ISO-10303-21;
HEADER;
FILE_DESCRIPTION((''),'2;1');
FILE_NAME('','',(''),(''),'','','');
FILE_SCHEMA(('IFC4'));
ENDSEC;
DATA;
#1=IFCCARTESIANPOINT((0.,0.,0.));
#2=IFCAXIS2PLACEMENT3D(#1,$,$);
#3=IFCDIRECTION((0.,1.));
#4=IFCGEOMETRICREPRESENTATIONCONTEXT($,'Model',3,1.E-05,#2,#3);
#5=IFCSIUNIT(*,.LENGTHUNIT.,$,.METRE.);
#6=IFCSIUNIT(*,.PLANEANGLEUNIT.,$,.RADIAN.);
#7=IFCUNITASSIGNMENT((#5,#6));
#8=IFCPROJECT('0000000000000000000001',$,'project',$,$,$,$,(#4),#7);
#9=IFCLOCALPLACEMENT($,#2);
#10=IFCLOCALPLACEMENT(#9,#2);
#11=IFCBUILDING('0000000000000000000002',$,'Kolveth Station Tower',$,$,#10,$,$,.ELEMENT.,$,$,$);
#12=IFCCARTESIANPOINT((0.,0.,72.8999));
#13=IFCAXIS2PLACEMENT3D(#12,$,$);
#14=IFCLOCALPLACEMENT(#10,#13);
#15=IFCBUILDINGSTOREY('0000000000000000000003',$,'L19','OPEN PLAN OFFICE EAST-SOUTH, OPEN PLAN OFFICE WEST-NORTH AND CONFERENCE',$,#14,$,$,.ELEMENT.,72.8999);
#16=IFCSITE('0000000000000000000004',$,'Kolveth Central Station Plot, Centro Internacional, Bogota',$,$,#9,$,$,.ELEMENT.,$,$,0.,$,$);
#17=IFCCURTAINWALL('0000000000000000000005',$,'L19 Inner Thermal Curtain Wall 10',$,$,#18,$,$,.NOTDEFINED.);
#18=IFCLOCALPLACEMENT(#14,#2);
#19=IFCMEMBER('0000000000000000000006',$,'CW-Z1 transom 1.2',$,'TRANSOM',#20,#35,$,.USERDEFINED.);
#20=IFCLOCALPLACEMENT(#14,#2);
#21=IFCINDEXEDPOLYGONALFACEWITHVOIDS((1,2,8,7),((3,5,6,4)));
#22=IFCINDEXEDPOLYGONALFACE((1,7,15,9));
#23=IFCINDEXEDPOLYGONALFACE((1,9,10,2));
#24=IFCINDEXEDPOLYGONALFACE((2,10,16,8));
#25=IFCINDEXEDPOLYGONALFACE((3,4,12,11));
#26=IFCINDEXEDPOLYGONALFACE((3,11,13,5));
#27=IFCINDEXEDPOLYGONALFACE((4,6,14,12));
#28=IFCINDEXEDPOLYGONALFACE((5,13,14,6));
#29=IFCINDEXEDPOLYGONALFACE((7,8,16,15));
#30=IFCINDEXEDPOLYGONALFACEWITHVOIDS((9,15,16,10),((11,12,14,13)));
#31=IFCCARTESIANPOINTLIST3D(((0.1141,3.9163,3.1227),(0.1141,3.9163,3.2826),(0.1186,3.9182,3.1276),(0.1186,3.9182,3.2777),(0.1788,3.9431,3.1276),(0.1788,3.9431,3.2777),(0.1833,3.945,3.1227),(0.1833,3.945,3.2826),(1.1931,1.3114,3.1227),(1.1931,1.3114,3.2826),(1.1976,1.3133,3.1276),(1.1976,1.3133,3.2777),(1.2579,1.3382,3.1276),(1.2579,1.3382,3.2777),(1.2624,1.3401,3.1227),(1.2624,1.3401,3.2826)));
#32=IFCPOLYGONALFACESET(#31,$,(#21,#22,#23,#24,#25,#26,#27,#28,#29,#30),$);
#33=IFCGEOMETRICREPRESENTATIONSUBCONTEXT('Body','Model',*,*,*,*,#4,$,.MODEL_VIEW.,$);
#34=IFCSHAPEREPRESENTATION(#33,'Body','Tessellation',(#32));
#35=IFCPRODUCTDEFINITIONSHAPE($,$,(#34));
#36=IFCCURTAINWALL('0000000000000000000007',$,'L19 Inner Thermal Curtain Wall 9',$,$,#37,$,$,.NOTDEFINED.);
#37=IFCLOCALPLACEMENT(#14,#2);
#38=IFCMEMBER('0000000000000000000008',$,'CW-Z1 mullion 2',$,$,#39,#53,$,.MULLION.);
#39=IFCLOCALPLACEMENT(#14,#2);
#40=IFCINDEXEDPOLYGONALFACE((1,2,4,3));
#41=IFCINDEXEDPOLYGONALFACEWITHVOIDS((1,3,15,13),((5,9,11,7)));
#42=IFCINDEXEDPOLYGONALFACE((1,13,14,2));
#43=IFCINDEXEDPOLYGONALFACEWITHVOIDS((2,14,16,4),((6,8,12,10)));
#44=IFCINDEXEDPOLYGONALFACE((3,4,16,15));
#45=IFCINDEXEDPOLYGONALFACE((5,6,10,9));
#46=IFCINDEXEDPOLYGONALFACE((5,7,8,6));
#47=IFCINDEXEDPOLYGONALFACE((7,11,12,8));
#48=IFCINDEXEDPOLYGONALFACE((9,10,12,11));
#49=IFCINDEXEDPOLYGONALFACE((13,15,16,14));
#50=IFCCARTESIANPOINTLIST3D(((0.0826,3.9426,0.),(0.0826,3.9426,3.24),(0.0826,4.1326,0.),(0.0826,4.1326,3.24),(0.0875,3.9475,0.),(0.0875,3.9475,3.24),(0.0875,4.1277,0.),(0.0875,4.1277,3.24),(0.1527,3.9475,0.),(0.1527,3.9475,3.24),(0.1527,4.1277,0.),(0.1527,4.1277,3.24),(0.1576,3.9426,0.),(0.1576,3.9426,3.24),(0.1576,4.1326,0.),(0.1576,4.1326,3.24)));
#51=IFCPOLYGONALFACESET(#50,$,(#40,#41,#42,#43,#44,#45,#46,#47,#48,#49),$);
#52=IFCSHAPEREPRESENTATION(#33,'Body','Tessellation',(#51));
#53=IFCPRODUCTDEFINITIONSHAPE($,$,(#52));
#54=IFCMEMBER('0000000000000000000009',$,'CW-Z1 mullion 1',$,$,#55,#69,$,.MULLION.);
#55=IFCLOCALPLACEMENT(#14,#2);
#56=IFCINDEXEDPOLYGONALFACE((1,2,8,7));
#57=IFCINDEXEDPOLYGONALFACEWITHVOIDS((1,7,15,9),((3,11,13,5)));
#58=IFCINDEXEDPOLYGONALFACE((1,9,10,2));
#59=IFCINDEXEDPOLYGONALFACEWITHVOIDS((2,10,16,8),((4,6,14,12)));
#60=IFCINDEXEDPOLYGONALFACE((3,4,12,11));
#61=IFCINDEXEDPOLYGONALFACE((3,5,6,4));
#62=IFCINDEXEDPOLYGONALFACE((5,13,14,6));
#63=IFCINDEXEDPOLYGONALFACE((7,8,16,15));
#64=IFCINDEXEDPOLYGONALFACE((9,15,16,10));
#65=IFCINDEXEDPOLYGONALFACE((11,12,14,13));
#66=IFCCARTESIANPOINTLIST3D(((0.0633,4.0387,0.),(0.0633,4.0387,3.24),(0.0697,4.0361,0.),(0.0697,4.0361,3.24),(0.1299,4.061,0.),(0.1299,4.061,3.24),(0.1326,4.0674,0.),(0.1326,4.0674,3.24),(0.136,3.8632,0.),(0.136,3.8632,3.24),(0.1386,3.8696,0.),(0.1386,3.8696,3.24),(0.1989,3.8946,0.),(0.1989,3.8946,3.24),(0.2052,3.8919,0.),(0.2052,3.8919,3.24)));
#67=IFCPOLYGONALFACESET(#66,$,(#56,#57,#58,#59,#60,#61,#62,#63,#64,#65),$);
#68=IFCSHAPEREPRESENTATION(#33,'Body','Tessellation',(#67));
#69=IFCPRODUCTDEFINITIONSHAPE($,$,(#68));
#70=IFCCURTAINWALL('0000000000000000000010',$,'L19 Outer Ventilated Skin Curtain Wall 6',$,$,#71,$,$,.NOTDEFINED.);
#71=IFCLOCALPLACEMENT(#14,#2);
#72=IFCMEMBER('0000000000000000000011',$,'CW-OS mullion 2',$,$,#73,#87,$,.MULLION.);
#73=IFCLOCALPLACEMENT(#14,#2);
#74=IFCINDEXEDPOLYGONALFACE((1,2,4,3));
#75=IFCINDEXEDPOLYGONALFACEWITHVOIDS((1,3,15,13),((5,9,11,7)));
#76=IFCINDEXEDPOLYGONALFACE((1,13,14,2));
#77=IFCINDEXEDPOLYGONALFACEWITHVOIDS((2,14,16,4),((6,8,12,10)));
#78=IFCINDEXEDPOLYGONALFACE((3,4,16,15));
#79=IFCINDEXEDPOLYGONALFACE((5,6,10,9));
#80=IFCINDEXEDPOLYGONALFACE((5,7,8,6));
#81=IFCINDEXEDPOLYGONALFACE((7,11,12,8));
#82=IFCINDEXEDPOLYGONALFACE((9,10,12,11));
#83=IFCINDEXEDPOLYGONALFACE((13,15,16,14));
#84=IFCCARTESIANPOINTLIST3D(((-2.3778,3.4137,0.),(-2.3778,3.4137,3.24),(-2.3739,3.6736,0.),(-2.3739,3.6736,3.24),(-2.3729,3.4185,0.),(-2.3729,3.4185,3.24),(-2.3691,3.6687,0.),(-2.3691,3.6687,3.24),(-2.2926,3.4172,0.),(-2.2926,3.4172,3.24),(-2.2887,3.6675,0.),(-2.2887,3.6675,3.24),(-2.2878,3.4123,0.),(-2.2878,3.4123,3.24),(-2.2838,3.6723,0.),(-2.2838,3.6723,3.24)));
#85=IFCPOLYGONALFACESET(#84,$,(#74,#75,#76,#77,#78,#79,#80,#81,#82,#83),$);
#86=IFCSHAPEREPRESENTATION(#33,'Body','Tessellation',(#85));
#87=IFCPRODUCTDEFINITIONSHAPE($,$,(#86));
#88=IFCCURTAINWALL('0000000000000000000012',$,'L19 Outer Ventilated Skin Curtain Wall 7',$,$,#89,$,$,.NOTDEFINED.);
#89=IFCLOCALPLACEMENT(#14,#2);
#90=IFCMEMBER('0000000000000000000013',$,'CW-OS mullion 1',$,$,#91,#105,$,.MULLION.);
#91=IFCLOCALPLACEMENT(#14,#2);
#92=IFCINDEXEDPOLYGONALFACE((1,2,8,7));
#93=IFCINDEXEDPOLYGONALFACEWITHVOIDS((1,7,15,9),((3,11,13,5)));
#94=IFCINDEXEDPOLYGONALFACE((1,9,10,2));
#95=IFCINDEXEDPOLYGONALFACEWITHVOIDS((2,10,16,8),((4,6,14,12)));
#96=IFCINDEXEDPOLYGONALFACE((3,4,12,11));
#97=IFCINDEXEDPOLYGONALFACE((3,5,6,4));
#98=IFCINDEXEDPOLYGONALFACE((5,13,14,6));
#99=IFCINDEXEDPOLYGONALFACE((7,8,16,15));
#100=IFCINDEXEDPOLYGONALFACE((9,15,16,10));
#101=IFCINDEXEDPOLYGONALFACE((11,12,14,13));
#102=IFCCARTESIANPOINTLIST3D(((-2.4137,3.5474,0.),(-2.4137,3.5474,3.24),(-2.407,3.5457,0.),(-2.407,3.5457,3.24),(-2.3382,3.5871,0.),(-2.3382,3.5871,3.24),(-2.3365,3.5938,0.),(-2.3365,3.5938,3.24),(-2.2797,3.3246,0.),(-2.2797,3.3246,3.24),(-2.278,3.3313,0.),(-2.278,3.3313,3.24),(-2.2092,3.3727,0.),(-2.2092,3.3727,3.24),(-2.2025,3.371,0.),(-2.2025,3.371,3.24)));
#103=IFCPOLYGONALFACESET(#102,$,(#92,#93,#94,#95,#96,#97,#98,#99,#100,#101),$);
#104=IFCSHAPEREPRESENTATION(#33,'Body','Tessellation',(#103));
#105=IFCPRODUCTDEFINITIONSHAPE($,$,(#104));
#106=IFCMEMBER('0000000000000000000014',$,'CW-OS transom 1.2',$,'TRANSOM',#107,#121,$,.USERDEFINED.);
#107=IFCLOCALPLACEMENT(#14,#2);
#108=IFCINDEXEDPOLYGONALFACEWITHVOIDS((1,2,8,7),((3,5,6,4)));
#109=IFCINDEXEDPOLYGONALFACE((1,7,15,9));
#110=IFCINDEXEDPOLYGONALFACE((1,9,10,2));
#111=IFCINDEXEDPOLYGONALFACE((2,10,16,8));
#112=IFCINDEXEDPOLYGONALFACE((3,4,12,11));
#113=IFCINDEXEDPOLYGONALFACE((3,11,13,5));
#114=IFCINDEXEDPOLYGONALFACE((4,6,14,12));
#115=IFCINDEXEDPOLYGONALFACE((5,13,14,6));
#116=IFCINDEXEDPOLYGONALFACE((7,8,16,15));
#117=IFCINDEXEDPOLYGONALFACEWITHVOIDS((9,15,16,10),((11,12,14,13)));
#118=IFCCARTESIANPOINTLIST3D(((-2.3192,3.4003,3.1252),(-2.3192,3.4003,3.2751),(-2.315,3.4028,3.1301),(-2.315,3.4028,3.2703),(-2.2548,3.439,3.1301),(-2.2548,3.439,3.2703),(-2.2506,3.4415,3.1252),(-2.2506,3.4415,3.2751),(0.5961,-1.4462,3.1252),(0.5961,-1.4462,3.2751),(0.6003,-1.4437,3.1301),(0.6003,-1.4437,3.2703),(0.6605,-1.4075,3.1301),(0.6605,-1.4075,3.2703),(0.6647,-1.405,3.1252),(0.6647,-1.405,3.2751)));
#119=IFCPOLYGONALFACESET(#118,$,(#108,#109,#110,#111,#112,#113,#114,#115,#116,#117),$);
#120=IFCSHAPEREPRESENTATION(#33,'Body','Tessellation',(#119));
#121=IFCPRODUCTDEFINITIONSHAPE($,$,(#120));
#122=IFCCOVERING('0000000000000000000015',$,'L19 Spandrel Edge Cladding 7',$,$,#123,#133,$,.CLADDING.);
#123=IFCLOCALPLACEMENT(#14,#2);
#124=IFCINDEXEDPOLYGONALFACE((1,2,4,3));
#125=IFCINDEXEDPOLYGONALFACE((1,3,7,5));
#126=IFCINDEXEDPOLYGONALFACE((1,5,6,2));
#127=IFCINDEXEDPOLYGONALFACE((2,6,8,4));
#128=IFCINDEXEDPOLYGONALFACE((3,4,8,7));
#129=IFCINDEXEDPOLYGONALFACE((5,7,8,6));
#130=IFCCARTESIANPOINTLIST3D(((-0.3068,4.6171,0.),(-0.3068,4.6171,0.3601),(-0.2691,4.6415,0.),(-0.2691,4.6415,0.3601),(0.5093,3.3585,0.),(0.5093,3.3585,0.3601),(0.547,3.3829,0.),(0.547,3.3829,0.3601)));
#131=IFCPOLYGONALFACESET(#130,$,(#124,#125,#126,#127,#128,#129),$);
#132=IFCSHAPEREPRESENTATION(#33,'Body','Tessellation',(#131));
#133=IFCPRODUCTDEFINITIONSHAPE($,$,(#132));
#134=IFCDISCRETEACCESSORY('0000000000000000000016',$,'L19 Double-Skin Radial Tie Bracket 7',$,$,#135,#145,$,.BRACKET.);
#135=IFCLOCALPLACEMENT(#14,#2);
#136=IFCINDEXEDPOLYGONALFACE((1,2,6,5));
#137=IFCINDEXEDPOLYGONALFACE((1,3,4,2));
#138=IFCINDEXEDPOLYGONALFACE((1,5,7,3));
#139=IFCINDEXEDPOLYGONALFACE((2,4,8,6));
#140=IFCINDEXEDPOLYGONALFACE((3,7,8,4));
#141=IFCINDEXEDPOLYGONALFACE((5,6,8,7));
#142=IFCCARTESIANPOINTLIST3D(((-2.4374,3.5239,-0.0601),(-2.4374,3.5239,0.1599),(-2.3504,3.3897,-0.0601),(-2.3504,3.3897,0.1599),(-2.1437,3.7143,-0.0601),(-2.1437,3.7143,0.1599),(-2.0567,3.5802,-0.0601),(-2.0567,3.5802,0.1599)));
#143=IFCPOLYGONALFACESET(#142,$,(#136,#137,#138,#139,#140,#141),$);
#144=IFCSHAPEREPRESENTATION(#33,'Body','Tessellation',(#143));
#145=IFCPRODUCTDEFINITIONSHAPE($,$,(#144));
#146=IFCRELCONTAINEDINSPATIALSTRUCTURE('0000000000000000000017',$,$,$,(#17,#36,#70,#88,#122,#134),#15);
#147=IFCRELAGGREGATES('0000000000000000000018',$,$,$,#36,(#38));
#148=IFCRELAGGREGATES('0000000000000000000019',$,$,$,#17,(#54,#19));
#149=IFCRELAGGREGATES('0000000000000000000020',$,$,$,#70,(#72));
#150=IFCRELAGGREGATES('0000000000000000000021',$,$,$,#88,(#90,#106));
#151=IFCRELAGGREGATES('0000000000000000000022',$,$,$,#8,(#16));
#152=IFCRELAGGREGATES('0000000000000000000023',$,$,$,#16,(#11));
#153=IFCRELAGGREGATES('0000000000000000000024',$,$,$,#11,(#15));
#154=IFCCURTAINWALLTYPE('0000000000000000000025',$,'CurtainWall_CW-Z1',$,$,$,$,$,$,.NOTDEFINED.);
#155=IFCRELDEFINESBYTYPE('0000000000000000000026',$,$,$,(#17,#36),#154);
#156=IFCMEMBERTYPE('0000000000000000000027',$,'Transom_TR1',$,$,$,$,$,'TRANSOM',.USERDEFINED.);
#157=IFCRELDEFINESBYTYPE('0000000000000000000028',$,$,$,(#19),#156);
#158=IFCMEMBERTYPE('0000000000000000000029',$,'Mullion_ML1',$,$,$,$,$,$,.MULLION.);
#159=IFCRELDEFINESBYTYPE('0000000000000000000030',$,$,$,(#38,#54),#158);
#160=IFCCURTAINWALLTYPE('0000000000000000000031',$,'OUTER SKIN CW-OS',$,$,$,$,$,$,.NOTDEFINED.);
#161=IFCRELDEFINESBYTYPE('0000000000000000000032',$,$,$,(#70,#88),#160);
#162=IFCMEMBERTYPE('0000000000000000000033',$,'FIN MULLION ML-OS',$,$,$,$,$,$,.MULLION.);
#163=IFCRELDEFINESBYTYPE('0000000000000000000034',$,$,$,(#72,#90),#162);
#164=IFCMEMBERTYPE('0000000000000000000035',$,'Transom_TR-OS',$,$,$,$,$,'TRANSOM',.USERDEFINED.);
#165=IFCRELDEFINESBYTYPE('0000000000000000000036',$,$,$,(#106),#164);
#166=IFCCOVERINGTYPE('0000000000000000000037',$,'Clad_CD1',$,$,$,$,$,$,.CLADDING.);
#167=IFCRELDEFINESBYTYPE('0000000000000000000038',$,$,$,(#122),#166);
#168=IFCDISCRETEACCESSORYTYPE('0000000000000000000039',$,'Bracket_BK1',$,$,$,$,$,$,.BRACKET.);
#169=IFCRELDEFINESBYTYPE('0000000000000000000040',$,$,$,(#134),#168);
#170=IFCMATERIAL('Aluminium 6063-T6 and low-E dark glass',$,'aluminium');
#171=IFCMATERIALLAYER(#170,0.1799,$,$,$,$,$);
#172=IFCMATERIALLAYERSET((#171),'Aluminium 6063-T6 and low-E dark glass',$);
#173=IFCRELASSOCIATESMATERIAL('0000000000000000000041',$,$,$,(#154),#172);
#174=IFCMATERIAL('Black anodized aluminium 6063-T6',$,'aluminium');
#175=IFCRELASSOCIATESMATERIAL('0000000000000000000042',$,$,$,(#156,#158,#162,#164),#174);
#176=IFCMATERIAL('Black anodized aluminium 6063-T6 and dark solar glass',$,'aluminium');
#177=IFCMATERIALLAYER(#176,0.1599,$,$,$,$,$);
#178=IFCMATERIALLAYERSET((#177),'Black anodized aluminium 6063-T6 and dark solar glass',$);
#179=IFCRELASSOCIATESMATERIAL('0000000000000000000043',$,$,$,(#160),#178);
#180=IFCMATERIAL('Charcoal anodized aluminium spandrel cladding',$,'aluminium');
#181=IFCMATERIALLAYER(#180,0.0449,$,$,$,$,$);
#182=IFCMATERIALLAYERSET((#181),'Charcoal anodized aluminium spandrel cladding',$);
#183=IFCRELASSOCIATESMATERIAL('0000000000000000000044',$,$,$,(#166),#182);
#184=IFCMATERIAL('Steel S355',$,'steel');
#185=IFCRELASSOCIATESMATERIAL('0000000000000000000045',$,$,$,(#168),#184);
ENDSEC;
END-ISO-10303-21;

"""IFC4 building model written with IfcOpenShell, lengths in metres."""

from ifc_helpers import new_model, si_unit, direction, frame, origin, origin_2d, place, context, subcontext, project, spatial, rectangle, hollow_rectangle, extrude, source, transform, mapped, material, layer, layer_set, material_profile, profile_set, type_object, element, aggregate, save


model = new_model("IFC4")

# Units and contexts
model_context = context("Model", 3, precision=1e-05, world=origin(), true_north=direction((0.0, 1.0)))
body_context = subcontext(model_context, "Body", "Model", "MODEL_VIEW")
ifc_project = project(units=[si_unit("LENGTHUNIT", "METRE"), si_unit("PLANEANGLEUNIT", "RADIAN")], contexts=[model_context])

# Site, building, storey
site_placement = place(None, origin())
site = spatial("IfcSite", under=ifc_project, at=site_placement, Name="Kolveth Central Station Plot, Centro Internacional, Bogota", CompositionType="ELEMENT", RefElevation=0.0)
building_placement = place(site_placement, origin())
building = spatial("IfcBuilding", under=site, at=building_placement, Name="Kolveth Station Tower", CompositionType="ELEMENT")
storey_placement = place(building_placement, frame((0.0, 0.0, 72.8999)))
storey = spatial("IfcBuildingStorey", under=building, at=storey_placement, Name="L19", Description="OPEN PLAN OFFICE EAST-SOUTH, OPEN PLAN OFFICE WEST-NORTH AND CONFERENCE", CompositionType="ELEMENT", Elevation=72.8999)

# Shared definitions
ifc_material_1 = material(Name="Steel S355", Category="steel")

# Curtain wall, member
ifc_material_2 = material(Name="Aluminium 6063-T6 and low-E dark glass", Category="aluminium")
ifc_layer_1 = layer(ifc_material_2, 0.1799)
ifc_layer_set_1 = layer_set([ifc_layer_1], Name="Aluminium 6063-T6 and low-E dark glass")
curtain_wall_type_1 = type_object("IfcCurtainWallType", Name="CurtainWall_CW-Z1", PredefinedType="NOTDEFINED", material=ifc_layer_set_1)
curtain_wall_1_placement = place(storey_placement, origin())
curtain_wall_1 = element("IfcCurtainWall", 1, at=curtain_wall_1_placement, inside=storey, type_object=curtain_wall_type_1, Name="L19 Inner Thermal Curtain Wall 10", PredefinedType="NOTDEFINED")
ifc_material_3 = material(Name="Black anodized aluminium 6063-T6", Category="aluminium")
ifc_material_profile_1 = material_profile(ifc_material_3, hollow_rectangle(XDim=0.075, YDim=0.1599, WallThickness=0.0049, at=origin_2d()), Name="ALU-75x160x5")
ifc_profile_set_1 = profile_set([ifc_material_profile_1], Name="Black anodized aluminium 6063-T6")
member_type_1 = type_object("IfcMemberType", Name="Transom_TR1", ElementType="TRANSOM", PredefinedType="USERDEFINED", material=ifc_profile_set_1)
shared_shape_1 = source(origin(), body_context, "Body", "SweptSolid", [
    extrude(hollow_rectangle(XDim=0.075, YDim=0.1599, WallThickness=0.0049, at=origin_2d()), origin(), (0.0, 0.0, 1.0), 2.8196),
])
member_1_placement = place(storey_placement, frame((0.1487, 3.9307, 3.2026), z_axis=(0.382709, -0.923869, 0.0), x_axis=(0.923869, 0.382709, 0.0)))
member_1 = element("IfcMember", 2, at=member_1_placement, type_object=member_type_1, Name="CW-Z1 transom 1.2", ObjectType="TRANSOM", PredefinedType="USERDEFINED", context=body_context, shape_type="MappedRepresentation", body=[
    mapped(shared_shape_1, transform((0.0, 0.0, 0.0), x_axis=(1.0, 0.0, 0.0), y_axis=(0.0, 1.0, 0.0), z_axis=(0.0, 0.0, 1.0), scale=1.0)),
])

# Curtain wall, member
curtain_wall_2_placement = place(storey_placement, origin())
curtain_wall_2 = element("IfcCurtainWall", 3, at=curtain_wall_2_placement, inside=storey, type_object=curtain_wall_type_1, Name="L19 Inner Thermal Curtain Wall 9", PredefinedType="NOTDEFINED")
ifc_material_profile_2 = material_profile(ifc_material_3, hollow_rectangle(XDim=0.075, YDim=0.1899, WallThickness=0.0049, at=origin_2d()), Name="ALU-75x190x5")
ifc_profile_set_2 = profile_set([ifc_material_profile_2], Name="Black anodized aluminium 6063-T6")
member_type_2 = type_object("IfcMemberType", Name="Mullion_ML1", PredefinedType="MULLION", material=ifc_profile_set_2)
shared_shape_2 = source(origin(), body_context, "Body", "SweptSolid", [
    extrude(hollow_rectangle(XDim=0.075, YDim=0.1899, WallThickness=0.0049, at=origin_2d()), origin(), (0.0, 0.0, 1.0), 3.24),
])
member_2_placement = place(storey_placement, frame((0.1201, 4.0376, 0.0), z_axis=(0.0, 0.0, 1.0), x_axis=(1.0, 0.0, 0.0)))
member_2 = element("IfcMember", 4, at=member_2_placement, type_object=member_type_2, Name="CW-Z1 mullion 2", PredefinedType="MULLION", context=body_context, shape_type="MappedRepresentation", body=[
    mapped(shared_shape_2, transform((0.0, 0.0, 0.0), x_axis=(1.0, 0.0, 0.0), y_axis=(0.0, 1.0, 0.0), z_axis=(0.0, 0.0, 1.0), scale=1.0)),
])
aggregate(curtain_wall_2, [member_2])

# Member
member_3_placement = place(storey_placement, frame((0.1343, 3.9653, 0.0), z_axis=(0.0, 0.0, 1.0), x_axis=(0.923884, 0.382673, 0.0)))
member_3 = element("IfcMember", 5, at=member_3_placement, type_object=member_type_2, Name="CW-Z1 mullion 1", PredefinedType="MULLION", context=body_context, shape_type="MappedRepresentation", body=[
    mapped(shared_shape_2, transform((0.0, 0.0, 0.0), x_axis=(1.0, 0.0, 0.0), y_axis=(0.0, 1.0, 0.0), z_axis=(0.0, 0.0, 1.0), scale=1.0)),
])
aggregate(curtain_wall_1, [member_3, member_1])

# Curtain wall, member
ifc_material_4 = material(Name="Black anodized aluminium 6063-T6 and dark solar glass", Category="aluminium")
ifc_layer_2 = layer(ifc_material_4, 0.1599)
ifc_layer_set_2 = layer_set([ifc_layer_2], Name="Black anodized aluminium 6063-T6 and dark solar glass")
curtain_wall_type_2 = type_object("IfcCurtainWallType", Name="OUTER SKIN CW-OS", PredefinedType="NOTDEFINED", material=ifc_layer_set_2)
curtain_wall_3_placement = place(storey_placement, origin())
curtain_wall_3 = element("IfcCurtainWall", 6, at=curtain_wall_3_placement, inside=storey, type_object=curtain_wall_type_2, Name="L19 Outer Ventilated Skin Curtain Wall 6", PredefinedType="NOTDEFINED")
ifc_material_profile_3 = material_profile(ifc_material_3, hollow_rectangle(XDim=0.0901, YDim=0.26, WallThickness=0.0049, at=origin_2d()), Name="ALU-90x260x5")
ifc_profile_set_3 = profile_set([ifc_material_profile_3], Name="Black anodized aluminium 6063-T6")
member_type_3 = type_object("IfcMemberType", Name="FIN MULLION ML-OS", PredefinedType="MULLION", material=ifc_profile_set_3)
shared_shape_3 = source(origin(), body_context, "Body", "SweptSolid", [
    extrude(hollow_rectangle(XDim=0.0901, YDim=0.26, WallThickness=0.0049, at=origin_2d()), origin(), (0.0, 0.0, 1.0), 3.24),
])
member_4_placement = place(storey_placement, frame((-2.3308, 3.543, 0.0), z_axis=(0.0, 0.0, 1.0), x_axis=(0.999883, -0.015284, 0.0)))
member_4 = element("IfcMember", 7, at=member_4_placement, type_object=member_type_3, Name="CW-OS mullion 2", PredefinedType="MULLION", context=body_context, shape_type="MappedRepresentation", body=[
    mapped(shared_shape_3, transform((0.0, 0.0, 0.0), x_axis=(1.0, 0.0, 0.0), y_axis=(0.0, 1.0, 0.0), z_axis=(0.0, 0.0, 1.0), scale=1.0)),
])
aggregate(curtain_wall_3, [member_4])

# Curtain wall, members
curtain_wall_4_placement = place(storey_placement, origin())
curtain_wall_4 = element("IfcCurtainWall", 8, at=curtain_wall_4_placement, inside=storey, type_object=curtain_wall_type_2, Name="L19 Outer Ventilated Skin Curtain Wall 7", PredefinedType="NOTDEFINED")
member_5_placement = place(storey_placement, frame((-2.3081, 3.4592, 0.0), z_axis=(0.0, 0.0, 1.0), x_axis=(0.856903, 0.515478, 0.0)))
member_5 = element("IfcMember", 9, at=member_5_placement, type_object=member_type_3, Name="CW-OS mullion 1", PredefinedType="MULLION", context=body_context, shape_type="MappedRepresentation", body=[
    mapped(shared_shape_3, transform((0.0, 0.0, 0.0), x_axis=(1.0, 0.0, 0.0), y_axis=(0.0, 1.0, 0.0), z_axis=(0.0, 0.0, 1.0), scale=1.0)),
])
ifc_material_profile_4 = material_profile(ifc_material_3, hollow_rectangle(XDim=0.0801, YDim=0.1499, WallThickness=0.0049, at=origin_2d()), Name="ALU-80x150x5")
ifc_profile_set_4 = profile_set([ifc_material_profile_4], Name="Black anodized aluminium 6063-T6")
member_type_4 = type_object("IfcMemberType", Name="Transom_TR-OS", ElementType="TRANSOM", PredefinedType="USERDEFINED", material=ifc_profile_set_4)
shared_shape_4 = source(origin(), body_context, "Body", "SweptSolid", [
    extrude(hollow_rectangle(XDim=0.0801, YDim=0.1499, WallThickness=0.0049, at=origin_2d()), origin(), (0.0, 0.0, 1.0), 5.6558),
])
member_6_placement = place(storey_placement, frame((-2.2849, 3.4209, 3.2002), z_axis=(0.51546, -0.856913, 0.0), x_axis=(0.856913, 0.51546, 0.0)))
member_6 = element("IfcMember", 10, at=member_6_placement, type_object=member_type_4, Name="CW-OS transom 1.2", ObjectType="TRANSOM", PredefinedType="USERDEFINED", context=body_context, shape_type="MappedRepresentation", body=[
    mapped(shared_shape_4, transform((0.0, 0.0, 0.0), x_axis=(1.0, 0.0, 0.0), y_axis=(0.0, 1.0, 0.0), z_axis=(0.0, 0.0, 1.0), scale=1.0)),
])
aggregate(curtain_wall_4, [member_5, member_6])

# Covering
ifc_material_5 = material(Name="Charcoal anodized aluminium spandrel cladding", Category="aluminium")
ifc_layer_3 = layer(ifc_material_5, 0.0449)
ifc_layer_set_3 = layer_set([ifc_layer_3], Name="Charcoal anodized aluminium spandrel cladding")
covering_type = type_object("IfcCoveringType", Name="Clad_CD1", PredefinedType="CLADDING", material=ifc_layer_set_3)
shared_shape_5 = source(origin(), body_context, "Body", "SweptSolid", [
    extrude(rectangle(XDim=1.5, YDim=0.0449, at=origin_2d()), origin(), (0.0, 0.0, 1.0), 0.3601),
])
covering_placement = place(storey_placement, frame((0.1201, 4.0, 0.0), z_axis=(0.0, 0.0, 1.0), x_axis=(0.544053, -0.839051, 0.0)))
element("IfcCovering", 11, at=covering_placement, inside=storey, type_object=covering_type, Name="L19 Spandrel Edge Cladding 7", PredefinedType="CLADDING", context=body_context, shape_type="MappedRepresentation", body=[
    mapped(shared_shape_5, transform((0.0, 0.0, 0.0), x_axis=(1.0, 0.0, 0.0), y_axis=(0.0, 1.0, 0.0), z_axis=(0.0, 0.0, 1.0), scale=1.0)),
])

# Discrete accessory
discrete_accessory_type = type_object("IfcDiscreteAccessoryType", Name="Bracket_BK1", PredefinedType="BRACKET", material=ifc_material_1)
shared_shape_6 = source(origin(), body_context, "Body", "SweptSolid", [
    extrude(rectangle(XDim=0.3501, YDim=0.1599, at=origin_2d()), origin(), (0.0, 0.0, 1.0), 0.22),
])
discrete_accessory_placement = place(storey_placement, frame((-2.2471, 3.552, -0.0601), z_axis=(0.0, 0.0, 1.0), x_axis=(-0.839051, -0.544053, 0.0)))
element("IfcDiscreteAccessory", 12, at=discrete_accessory_placement, inside=storey, type_object=discrete_accessory_type, Name="L19 Double-Skin Radial Tie Bracket 7", PredefinedType="BRACKET", context=body_context, shape_type="MappedRepresentation", body=[
    mapped(shared_shape_6, transform((0.0, 0.0, 0.0), x_axis=(1.0, 0.0, 0.0), y_axis=(0.0, 1.0, 0.0), z_axis=(0.0, 0.0, 1.0), scale=1.0)),
])

save(model, "model.ifc")
